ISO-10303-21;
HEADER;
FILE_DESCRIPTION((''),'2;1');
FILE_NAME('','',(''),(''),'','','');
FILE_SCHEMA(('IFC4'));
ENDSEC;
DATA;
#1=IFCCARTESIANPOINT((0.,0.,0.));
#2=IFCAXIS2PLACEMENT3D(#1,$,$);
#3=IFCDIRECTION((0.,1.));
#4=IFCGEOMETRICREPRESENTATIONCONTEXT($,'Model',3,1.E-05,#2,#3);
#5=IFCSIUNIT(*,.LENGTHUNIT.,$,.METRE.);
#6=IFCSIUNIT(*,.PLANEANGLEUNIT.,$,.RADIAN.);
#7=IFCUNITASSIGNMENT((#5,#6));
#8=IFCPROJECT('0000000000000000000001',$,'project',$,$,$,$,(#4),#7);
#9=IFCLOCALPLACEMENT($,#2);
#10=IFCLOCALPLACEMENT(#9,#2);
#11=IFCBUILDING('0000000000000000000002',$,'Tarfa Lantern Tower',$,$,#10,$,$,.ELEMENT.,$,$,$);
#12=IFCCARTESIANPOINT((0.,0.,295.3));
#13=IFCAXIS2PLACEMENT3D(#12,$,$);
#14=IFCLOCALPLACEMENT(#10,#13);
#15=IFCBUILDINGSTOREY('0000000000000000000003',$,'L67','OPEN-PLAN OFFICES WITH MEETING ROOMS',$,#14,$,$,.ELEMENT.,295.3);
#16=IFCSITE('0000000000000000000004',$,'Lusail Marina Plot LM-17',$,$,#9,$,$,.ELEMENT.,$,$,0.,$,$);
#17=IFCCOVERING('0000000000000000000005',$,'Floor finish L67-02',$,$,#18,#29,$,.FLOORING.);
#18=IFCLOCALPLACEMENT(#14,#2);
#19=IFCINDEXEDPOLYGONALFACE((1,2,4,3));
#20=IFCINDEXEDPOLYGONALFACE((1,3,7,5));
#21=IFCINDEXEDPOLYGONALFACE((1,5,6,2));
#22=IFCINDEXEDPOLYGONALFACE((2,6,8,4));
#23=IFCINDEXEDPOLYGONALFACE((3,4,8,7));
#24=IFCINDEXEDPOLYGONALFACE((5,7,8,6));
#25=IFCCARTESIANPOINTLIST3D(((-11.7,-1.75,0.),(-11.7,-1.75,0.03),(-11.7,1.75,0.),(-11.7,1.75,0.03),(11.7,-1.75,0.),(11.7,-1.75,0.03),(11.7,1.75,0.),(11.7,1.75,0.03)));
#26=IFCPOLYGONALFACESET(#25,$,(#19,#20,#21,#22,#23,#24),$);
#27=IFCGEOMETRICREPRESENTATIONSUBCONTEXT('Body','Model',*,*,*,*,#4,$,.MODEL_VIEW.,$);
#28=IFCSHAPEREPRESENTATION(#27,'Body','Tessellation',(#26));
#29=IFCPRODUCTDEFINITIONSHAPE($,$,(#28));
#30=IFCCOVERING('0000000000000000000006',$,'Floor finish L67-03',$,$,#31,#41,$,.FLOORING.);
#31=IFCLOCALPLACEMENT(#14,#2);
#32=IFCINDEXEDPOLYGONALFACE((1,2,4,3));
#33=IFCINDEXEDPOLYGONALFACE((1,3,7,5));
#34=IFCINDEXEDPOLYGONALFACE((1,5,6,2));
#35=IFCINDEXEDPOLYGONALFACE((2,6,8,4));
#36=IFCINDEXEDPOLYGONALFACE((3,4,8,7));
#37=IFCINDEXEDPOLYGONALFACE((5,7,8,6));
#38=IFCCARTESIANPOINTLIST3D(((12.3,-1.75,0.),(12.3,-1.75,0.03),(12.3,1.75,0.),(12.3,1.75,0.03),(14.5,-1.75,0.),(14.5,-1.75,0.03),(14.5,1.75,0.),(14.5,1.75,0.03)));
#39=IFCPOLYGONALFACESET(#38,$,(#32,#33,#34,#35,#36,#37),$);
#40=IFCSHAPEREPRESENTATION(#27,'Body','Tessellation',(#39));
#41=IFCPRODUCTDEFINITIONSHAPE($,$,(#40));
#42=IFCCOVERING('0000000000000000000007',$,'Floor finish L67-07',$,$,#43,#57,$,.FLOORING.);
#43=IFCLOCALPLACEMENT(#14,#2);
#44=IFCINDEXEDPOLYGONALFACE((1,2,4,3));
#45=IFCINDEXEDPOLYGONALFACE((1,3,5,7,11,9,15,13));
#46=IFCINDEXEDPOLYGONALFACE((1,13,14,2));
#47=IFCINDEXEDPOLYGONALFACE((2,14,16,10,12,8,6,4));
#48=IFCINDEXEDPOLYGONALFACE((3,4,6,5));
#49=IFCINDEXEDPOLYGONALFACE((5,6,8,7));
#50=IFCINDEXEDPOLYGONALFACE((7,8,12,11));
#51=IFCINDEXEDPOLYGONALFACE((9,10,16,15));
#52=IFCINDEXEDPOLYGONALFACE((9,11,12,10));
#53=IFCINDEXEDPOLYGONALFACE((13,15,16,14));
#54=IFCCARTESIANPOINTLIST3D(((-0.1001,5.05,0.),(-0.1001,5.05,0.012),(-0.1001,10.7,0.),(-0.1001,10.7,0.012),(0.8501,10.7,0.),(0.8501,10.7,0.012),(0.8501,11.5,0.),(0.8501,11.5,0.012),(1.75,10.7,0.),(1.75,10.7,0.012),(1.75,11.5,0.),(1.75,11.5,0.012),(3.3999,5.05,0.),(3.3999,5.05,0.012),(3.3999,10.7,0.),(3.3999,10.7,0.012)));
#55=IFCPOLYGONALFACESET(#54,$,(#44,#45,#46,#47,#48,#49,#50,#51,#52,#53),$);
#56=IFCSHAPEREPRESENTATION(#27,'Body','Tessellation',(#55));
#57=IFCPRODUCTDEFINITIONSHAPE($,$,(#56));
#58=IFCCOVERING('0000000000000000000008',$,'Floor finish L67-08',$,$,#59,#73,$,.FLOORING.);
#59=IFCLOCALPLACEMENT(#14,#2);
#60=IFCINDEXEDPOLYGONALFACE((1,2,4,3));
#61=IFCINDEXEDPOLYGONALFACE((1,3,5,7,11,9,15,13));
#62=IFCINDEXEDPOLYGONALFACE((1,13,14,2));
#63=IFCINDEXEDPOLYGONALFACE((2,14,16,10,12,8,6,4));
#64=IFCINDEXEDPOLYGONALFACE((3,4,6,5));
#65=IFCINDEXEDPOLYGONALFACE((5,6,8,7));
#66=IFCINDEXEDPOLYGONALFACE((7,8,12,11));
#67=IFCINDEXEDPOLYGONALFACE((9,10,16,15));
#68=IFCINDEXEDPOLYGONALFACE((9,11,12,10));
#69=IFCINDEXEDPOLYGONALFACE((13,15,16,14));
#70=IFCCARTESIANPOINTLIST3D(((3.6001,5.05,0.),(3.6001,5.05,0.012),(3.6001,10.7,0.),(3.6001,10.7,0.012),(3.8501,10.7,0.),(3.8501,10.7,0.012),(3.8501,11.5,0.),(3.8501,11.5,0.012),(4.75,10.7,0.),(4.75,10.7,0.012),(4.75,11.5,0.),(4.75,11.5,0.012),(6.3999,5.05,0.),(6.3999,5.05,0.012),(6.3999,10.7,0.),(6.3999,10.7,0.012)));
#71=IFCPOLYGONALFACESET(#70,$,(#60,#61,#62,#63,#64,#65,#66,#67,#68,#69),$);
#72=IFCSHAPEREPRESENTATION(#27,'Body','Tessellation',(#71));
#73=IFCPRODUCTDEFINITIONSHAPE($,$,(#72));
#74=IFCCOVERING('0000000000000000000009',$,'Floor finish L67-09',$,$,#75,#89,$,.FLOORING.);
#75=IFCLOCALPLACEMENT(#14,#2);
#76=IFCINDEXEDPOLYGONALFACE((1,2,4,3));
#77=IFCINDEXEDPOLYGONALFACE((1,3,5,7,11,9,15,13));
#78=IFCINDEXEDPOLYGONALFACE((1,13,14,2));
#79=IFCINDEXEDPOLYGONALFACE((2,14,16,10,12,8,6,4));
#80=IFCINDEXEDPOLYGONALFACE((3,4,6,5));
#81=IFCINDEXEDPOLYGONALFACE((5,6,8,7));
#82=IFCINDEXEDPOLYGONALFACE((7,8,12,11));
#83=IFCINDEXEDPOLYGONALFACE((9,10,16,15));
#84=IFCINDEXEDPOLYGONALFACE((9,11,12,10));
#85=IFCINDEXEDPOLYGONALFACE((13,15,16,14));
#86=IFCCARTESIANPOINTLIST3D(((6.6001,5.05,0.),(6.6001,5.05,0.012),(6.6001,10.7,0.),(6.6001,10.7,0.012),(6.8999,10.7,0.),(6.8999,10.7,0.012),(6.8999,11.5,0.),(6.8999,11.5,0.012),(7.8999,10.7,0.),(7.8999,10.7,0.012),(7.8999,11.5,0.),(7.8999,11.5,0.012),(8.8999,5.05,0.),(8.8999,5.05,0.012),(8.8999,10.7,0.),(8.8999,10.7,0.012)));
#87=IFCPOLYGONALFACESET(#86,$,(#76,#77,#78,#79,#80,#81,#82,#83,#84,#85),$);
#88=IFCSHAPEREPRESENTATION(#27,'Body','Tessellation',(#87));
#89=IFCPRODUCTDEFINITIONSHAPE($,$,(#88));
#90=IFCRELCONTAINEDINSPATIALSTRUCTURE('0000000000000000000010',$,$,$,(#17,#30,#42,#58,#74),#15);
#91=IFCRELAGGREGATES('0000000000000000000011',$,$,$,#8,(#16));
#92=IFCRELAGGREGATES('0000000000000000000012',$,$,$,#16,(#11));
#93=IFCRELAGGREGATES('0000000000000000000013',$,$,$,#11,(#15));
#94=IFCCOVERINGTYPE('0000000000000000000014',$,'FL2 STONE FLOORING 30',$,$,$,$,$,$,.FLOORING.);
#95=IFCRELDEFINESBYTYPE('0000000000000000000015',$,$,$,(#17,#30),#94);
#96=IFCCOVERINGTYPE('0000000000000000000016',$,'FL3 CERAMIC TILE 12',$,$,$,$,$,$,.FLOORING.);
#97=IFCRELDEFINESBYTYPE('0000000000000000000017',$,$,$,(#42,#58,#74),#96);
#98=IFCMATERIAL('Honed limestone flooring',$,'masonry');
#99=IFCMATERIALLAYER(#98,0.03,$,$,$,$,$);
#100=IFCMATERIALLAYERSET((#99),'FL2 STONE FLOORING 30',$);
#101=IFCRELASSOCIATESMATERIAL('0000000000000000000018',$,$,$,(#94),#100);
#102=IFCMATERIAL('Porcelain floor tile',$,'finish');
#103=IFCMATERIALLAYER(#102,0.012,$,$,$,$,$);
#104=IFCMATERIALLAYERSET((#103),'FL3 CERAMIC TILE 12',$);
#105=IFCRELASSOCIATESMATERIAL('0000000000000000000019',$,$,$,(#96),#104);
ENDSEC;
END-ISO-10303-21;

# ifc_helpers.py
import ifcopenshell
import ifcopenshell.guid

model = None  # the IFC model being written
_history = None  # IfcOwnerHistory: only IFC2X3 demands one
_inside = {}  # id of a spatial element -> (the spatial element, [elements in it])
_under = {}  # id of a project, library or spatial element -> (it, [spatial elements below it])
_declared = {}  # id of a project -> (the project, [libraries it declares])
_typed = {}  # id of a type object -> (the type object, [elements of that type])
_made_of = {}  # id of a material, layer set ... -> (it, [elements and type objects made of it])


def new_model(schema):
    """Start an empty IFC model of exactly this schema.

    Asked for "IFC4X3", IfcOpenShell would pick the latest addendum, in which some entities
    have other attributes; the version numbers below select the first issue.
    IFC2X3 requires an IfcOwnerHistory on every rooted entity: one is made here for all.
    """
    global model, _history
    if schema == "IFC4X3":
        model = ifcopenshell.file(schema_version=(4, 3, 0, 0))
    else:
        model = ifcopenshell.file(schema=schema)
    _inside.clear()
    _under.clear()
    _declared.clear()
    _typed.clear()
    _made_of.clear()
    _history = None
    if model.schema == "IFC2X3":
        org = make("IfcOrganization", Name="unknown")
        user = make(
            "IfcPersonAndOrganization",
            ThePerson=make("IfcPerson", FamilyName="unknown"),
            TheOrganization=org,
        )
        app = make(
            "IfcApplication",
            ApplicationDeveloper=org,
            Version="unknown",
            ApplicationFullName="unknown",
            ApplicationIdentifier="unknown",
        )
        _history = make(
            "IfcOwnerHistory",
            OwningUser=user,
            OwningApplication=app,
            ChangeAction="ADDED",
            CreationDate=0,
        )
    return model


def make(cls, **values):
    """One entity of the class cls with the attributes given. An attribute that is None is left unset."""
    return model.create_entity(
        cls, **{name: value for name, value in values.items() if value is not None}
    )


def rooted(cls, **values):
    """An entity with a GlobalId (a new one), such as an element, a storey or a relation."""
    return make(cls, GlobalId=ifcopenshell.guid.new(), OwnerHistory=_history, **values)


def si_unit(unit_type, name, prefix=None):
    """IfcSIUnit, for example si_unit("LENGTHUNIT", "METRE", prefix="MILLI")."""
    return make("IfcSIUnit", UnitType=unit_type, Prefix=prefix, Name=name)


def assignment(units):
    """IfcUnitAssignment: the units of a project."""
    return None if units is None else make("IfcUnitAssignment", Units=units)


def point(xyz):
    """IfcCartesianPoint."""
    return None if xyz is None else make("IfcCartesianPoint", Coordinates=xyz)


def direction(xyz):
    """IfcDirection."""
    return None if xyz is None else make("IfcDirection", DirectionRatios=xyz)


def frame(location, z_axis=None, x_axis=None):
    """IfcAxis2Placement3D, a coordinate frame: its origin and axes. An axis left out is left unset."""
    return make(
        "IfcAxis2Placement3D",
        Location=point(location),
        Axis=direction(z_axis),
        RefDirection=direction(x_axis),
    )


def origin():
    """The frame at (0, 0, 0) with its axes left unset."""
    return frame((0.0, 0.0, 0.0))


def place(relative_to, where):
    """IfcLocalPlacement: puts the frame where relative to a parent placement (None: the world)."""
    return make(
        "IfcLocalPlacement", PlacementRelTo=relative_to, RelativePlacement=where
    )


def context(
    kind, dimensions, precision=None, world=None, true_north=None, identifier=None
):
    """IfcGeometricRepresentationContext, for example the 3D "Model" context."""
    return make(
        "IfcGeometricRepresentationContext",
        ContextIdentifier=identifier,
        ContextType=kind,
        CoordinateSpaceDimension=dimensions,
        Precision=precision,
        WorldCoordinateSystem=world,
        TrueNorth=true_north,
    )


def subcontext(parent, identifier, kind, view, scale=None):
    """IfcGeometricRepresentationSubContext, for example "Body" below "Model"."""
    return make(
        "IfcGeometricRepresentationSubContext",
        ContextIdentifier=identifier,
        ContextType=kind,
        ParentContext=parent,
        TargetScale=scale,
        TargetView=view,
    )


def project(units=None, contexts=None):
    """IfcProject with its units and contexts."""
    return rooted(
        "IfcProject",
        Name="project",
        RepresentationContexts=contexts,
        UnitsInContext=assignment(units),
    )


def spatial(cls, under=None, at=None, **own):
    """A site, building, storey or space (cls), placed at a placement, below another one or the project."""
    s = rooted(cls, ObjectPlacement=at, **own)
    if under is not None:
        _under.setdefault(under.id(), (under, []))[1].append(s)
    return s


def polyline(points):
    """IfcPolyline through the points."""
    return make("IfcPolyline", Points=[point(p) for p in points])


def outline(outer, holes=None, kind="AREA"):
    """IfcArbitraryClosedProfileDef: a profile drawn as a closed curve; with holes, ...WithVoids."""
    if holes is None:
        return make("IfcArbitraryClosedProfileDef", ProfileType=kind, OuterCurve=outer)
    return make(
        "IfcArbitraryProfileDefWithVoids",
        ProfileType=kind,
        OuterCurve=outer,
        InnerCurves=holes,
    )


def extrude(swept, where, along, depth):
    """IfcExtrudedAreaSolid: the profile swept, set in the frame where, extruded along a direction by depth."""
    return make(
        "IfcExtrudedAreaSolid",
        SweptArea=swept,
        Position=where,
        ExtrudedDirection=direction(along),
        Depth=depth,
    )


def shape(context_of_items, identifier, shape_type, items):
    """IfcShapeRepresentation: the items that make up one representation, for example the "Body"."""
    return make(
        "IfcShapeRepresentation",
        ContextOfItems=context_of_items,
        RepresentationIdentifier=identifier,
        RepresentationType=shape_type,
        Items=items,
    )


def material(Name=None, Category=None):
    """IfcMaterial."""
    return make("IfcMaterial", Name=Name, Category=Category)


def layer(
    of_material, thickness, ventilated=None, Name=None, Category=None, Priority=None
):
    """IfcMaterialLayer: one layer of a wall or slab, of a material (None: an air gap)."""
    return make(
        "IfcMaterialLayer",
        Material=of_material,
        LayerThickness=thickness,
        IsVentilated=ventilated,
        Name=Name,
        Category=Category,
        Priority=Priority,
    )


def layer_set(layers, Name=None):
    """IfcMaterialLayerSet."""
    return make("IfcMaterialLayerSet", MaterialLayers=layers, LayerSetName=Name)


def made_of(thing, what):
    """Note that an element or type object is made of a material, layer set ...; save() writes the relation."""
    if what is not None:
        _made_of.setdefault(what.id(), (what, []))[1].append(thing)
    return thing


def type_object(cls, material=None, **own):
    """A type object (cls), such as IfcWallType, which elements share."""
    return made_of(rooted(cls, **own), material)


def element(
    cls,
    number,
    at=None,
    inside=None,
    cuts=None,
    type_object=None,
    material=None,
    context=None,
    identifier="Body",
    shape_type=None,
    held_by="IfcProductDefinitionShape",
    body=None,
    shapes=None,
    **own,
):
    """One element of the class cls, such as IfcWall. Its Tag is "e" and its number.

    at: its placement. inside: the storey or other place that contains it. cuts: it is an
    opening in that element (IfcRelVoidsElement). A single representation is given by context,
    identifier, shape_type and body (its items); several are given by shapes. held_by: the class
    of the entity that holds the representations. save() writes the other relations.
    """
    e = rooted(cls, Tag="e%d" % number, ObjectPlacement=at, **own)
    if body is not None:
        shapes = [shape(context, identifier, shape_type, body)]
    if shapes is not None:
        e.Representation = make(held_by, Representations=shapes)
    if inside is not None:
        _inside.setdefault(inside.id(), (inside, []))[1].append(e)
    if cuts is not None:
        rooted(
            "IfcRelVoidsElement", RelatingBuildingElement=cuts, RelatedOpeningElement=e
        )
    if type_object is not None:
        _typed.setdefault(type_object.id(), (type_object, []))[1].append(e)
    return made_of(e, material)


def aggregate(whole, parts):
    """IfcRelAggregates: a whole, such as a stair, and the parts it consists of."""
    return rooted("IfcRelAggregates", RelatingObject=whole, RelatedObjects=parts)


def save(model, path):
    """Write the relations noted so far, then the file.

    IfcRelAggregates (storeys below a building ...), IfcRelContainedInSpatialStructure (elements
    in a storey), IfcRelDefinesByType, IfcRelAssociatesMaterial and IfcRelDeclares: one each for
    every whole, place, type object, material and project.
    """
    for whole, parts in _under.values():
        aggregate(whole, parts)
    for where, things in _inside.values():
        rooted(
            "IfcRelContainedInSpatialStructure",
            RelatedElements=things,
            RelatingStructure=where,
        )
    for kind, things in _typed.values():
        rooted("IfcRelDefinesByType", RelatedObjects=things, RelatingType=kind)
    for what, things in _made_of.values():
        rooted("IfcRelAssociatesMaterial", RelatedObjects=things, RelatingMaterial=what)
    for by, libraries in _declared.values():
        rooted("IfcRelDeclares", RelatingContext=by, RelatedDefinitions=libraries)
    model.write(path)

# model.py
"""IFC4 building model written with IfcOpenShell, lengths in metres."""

from ifc_helpers import new_model, si_unit, direction, frame, origin, place, context, subcontext, project, spatial, polyline, outline, extrude, material, layer, layer_set, type_object, element, save


model = new_model("IFC4")

# Units and contexts
model_context = context("Model", 3, precision=1e-05, world=origin(), true_north=direction((0.0, 1.0)))
body_context = subcontext(model_context, "Body", "Model", "MODEL_VIEW")
ifc_project = project(units=[si_unit("LENGTHUNIT", "METRE"), si_unit("PLANEANGLEUNIT", "RADIAN")], contexts=[model_context])

# Site, building, storey
site_placement = place(None, origin())
site = spatial("IfcSite", under=ifc_project, at=site_placement, Name="Lusail Marina Plot LM-17", CompositionType="ELEMENT", RefElevation=0.0)
building_placement = place(site_placement, origin())
building = spatial("IfcBuilding", under=site, at=building_placement, Name="Tarfa Lantern Tower", CompositionType="ELEMENT")
storey_placement = place(building_placement, frame((0.0, 0.0, 295.3)))
storey = spatial("IfcBuildingStorey", under=building, at=storey_placement, Name="L67", Description="OPEN-PLAN OFFICES WITH MEETING ROOMS", CompositionType="ELEMENT", Elevation=295.3)

# Coverings
ifc_material_1 = material(Name="Honed limestone flooring", Category="masonry")
ifc_layer_1 = layer(ifc_material_1, 0.03)
ifc_layer_set_1 = layer_set([ifc_layer_1], Name="FL2 STONE FLOORING 30")
covering_type_1 = type_object("IfcCoveringType", Name="FL2 STONE FLOORING 30", PredefinedType="FLOORING", material=ifc_layer_set_1)
covering_1_placement = place(storey_placement, origin())
element("IfcCovering", 1, at=covering_1_placement, inside=storey, type_object=covering_type_1, Name="Floor finish L67-02", PredefinedType="FLOORING", context=body_context, shape_type="SweptSolid", body=[
    extrude(outline(polyline([(-11.7, -1.75), (11.7, -1.75), (11.7, 1.75), (-11.7, 1.75), (-11.7, -1.75)])), origin(), (0.0, 0.0, 1.0), 0.03),
])
covering_2_placement = place(storey_placement, origin())
element("IfcCovering", 2, at=covering_2_placement, inside=storey, type_object=covering_type_1, Name="Floor finish L67-03", PredefinedType="FLOORING", context=body_context, shape_type="SweptSolid", body=[
    extrude(outline(polyline([(12.3, -1.75), (14.5, -1.75), (14.5, 1.75), (12.3, 1.75), (12.3, -1.75)])), origin(), (0.0, 0.0, 1.0), 0.03),
])
ifc_material_2 = material(Name="Porcelain floor tile", Category="finish")
ifc_layer_2 = layer(ifc_material_2, 0.012)
ifc_layer_set_2 = layer_set([ifc_layer_2], Name="FL3 CERAMIC TILE 12")
covering_type_2 = type_object("IfcCoveringType", Name="FL3 CERAMIC TILE 12", PredefinedType="FLOORING", material=ifc_layer_set_2)
covering_3_placement = place(storey_placement, origin())
element("IfcCovering", 3, at=covering_3_placement, inside=storey, type_object=covering_type_2, Name="Floor finish L67-07", PredefinedType="FLOORING", context=body_context, shape_type="SweptSolid", body=[
    extrude(outline(polyline([(0.8501, 10.7), (-0.1001, 10.7), (-0.1001, 5.05), (3.3999, 5.05), (3.3999, 10.7), (1.75, 10.7), (1.75, 11.5), (0.8501, 11.5), (0.8501, 11.5), (0.8501, 10.7)])), origin(), (0.0, 0.0, 1.0), 0.012),
])
covering_4_placement = place(storey_placement, origin())
element("IfcCovering", 4, at=covering_4_placement, inside=storey, type_object=covering_type_2, Name="Floor finish L67-08", PredefinedType="FLOORING", context=body_context, shape_type="SweptSolid", body=[
    extrude(outline(polyline([(3.6001, 5.05), (6.3999, 5.05), (6.3999, 10.7), (4.75, 10.7), (4.75, 11.5), (3.8501, 11.5), (3.8501, 10.7), (3.6001, 10.7), (3.6001, 5.05)])), origin(), (0.0, 0.0, 1.0), 0.012),
])
covering_5_placement = place(storey_placement, origin())
element("IfcCovering", 5, at=covering_5_placement, inside=storey, type_object=covering_type_2, Name="Floor finish L67-09", PredefinedType="FLOORING", context=body_context, shape_type="SweptSolid", body=[
    extrude(outline(polyline([(6.6001, 5.05), (8.8999, 5.05), (8.8999, 10.7), (7.8999, 10.7), (7.8999, 11.5), (6.8999, 11.5), (6.8999, 10.7), (6.6001, 10.7), (6.6001, 5.05)])), origin(), (0.0, 0.0, 1.0), 0.012),
])

save(model, "model.ifc")
